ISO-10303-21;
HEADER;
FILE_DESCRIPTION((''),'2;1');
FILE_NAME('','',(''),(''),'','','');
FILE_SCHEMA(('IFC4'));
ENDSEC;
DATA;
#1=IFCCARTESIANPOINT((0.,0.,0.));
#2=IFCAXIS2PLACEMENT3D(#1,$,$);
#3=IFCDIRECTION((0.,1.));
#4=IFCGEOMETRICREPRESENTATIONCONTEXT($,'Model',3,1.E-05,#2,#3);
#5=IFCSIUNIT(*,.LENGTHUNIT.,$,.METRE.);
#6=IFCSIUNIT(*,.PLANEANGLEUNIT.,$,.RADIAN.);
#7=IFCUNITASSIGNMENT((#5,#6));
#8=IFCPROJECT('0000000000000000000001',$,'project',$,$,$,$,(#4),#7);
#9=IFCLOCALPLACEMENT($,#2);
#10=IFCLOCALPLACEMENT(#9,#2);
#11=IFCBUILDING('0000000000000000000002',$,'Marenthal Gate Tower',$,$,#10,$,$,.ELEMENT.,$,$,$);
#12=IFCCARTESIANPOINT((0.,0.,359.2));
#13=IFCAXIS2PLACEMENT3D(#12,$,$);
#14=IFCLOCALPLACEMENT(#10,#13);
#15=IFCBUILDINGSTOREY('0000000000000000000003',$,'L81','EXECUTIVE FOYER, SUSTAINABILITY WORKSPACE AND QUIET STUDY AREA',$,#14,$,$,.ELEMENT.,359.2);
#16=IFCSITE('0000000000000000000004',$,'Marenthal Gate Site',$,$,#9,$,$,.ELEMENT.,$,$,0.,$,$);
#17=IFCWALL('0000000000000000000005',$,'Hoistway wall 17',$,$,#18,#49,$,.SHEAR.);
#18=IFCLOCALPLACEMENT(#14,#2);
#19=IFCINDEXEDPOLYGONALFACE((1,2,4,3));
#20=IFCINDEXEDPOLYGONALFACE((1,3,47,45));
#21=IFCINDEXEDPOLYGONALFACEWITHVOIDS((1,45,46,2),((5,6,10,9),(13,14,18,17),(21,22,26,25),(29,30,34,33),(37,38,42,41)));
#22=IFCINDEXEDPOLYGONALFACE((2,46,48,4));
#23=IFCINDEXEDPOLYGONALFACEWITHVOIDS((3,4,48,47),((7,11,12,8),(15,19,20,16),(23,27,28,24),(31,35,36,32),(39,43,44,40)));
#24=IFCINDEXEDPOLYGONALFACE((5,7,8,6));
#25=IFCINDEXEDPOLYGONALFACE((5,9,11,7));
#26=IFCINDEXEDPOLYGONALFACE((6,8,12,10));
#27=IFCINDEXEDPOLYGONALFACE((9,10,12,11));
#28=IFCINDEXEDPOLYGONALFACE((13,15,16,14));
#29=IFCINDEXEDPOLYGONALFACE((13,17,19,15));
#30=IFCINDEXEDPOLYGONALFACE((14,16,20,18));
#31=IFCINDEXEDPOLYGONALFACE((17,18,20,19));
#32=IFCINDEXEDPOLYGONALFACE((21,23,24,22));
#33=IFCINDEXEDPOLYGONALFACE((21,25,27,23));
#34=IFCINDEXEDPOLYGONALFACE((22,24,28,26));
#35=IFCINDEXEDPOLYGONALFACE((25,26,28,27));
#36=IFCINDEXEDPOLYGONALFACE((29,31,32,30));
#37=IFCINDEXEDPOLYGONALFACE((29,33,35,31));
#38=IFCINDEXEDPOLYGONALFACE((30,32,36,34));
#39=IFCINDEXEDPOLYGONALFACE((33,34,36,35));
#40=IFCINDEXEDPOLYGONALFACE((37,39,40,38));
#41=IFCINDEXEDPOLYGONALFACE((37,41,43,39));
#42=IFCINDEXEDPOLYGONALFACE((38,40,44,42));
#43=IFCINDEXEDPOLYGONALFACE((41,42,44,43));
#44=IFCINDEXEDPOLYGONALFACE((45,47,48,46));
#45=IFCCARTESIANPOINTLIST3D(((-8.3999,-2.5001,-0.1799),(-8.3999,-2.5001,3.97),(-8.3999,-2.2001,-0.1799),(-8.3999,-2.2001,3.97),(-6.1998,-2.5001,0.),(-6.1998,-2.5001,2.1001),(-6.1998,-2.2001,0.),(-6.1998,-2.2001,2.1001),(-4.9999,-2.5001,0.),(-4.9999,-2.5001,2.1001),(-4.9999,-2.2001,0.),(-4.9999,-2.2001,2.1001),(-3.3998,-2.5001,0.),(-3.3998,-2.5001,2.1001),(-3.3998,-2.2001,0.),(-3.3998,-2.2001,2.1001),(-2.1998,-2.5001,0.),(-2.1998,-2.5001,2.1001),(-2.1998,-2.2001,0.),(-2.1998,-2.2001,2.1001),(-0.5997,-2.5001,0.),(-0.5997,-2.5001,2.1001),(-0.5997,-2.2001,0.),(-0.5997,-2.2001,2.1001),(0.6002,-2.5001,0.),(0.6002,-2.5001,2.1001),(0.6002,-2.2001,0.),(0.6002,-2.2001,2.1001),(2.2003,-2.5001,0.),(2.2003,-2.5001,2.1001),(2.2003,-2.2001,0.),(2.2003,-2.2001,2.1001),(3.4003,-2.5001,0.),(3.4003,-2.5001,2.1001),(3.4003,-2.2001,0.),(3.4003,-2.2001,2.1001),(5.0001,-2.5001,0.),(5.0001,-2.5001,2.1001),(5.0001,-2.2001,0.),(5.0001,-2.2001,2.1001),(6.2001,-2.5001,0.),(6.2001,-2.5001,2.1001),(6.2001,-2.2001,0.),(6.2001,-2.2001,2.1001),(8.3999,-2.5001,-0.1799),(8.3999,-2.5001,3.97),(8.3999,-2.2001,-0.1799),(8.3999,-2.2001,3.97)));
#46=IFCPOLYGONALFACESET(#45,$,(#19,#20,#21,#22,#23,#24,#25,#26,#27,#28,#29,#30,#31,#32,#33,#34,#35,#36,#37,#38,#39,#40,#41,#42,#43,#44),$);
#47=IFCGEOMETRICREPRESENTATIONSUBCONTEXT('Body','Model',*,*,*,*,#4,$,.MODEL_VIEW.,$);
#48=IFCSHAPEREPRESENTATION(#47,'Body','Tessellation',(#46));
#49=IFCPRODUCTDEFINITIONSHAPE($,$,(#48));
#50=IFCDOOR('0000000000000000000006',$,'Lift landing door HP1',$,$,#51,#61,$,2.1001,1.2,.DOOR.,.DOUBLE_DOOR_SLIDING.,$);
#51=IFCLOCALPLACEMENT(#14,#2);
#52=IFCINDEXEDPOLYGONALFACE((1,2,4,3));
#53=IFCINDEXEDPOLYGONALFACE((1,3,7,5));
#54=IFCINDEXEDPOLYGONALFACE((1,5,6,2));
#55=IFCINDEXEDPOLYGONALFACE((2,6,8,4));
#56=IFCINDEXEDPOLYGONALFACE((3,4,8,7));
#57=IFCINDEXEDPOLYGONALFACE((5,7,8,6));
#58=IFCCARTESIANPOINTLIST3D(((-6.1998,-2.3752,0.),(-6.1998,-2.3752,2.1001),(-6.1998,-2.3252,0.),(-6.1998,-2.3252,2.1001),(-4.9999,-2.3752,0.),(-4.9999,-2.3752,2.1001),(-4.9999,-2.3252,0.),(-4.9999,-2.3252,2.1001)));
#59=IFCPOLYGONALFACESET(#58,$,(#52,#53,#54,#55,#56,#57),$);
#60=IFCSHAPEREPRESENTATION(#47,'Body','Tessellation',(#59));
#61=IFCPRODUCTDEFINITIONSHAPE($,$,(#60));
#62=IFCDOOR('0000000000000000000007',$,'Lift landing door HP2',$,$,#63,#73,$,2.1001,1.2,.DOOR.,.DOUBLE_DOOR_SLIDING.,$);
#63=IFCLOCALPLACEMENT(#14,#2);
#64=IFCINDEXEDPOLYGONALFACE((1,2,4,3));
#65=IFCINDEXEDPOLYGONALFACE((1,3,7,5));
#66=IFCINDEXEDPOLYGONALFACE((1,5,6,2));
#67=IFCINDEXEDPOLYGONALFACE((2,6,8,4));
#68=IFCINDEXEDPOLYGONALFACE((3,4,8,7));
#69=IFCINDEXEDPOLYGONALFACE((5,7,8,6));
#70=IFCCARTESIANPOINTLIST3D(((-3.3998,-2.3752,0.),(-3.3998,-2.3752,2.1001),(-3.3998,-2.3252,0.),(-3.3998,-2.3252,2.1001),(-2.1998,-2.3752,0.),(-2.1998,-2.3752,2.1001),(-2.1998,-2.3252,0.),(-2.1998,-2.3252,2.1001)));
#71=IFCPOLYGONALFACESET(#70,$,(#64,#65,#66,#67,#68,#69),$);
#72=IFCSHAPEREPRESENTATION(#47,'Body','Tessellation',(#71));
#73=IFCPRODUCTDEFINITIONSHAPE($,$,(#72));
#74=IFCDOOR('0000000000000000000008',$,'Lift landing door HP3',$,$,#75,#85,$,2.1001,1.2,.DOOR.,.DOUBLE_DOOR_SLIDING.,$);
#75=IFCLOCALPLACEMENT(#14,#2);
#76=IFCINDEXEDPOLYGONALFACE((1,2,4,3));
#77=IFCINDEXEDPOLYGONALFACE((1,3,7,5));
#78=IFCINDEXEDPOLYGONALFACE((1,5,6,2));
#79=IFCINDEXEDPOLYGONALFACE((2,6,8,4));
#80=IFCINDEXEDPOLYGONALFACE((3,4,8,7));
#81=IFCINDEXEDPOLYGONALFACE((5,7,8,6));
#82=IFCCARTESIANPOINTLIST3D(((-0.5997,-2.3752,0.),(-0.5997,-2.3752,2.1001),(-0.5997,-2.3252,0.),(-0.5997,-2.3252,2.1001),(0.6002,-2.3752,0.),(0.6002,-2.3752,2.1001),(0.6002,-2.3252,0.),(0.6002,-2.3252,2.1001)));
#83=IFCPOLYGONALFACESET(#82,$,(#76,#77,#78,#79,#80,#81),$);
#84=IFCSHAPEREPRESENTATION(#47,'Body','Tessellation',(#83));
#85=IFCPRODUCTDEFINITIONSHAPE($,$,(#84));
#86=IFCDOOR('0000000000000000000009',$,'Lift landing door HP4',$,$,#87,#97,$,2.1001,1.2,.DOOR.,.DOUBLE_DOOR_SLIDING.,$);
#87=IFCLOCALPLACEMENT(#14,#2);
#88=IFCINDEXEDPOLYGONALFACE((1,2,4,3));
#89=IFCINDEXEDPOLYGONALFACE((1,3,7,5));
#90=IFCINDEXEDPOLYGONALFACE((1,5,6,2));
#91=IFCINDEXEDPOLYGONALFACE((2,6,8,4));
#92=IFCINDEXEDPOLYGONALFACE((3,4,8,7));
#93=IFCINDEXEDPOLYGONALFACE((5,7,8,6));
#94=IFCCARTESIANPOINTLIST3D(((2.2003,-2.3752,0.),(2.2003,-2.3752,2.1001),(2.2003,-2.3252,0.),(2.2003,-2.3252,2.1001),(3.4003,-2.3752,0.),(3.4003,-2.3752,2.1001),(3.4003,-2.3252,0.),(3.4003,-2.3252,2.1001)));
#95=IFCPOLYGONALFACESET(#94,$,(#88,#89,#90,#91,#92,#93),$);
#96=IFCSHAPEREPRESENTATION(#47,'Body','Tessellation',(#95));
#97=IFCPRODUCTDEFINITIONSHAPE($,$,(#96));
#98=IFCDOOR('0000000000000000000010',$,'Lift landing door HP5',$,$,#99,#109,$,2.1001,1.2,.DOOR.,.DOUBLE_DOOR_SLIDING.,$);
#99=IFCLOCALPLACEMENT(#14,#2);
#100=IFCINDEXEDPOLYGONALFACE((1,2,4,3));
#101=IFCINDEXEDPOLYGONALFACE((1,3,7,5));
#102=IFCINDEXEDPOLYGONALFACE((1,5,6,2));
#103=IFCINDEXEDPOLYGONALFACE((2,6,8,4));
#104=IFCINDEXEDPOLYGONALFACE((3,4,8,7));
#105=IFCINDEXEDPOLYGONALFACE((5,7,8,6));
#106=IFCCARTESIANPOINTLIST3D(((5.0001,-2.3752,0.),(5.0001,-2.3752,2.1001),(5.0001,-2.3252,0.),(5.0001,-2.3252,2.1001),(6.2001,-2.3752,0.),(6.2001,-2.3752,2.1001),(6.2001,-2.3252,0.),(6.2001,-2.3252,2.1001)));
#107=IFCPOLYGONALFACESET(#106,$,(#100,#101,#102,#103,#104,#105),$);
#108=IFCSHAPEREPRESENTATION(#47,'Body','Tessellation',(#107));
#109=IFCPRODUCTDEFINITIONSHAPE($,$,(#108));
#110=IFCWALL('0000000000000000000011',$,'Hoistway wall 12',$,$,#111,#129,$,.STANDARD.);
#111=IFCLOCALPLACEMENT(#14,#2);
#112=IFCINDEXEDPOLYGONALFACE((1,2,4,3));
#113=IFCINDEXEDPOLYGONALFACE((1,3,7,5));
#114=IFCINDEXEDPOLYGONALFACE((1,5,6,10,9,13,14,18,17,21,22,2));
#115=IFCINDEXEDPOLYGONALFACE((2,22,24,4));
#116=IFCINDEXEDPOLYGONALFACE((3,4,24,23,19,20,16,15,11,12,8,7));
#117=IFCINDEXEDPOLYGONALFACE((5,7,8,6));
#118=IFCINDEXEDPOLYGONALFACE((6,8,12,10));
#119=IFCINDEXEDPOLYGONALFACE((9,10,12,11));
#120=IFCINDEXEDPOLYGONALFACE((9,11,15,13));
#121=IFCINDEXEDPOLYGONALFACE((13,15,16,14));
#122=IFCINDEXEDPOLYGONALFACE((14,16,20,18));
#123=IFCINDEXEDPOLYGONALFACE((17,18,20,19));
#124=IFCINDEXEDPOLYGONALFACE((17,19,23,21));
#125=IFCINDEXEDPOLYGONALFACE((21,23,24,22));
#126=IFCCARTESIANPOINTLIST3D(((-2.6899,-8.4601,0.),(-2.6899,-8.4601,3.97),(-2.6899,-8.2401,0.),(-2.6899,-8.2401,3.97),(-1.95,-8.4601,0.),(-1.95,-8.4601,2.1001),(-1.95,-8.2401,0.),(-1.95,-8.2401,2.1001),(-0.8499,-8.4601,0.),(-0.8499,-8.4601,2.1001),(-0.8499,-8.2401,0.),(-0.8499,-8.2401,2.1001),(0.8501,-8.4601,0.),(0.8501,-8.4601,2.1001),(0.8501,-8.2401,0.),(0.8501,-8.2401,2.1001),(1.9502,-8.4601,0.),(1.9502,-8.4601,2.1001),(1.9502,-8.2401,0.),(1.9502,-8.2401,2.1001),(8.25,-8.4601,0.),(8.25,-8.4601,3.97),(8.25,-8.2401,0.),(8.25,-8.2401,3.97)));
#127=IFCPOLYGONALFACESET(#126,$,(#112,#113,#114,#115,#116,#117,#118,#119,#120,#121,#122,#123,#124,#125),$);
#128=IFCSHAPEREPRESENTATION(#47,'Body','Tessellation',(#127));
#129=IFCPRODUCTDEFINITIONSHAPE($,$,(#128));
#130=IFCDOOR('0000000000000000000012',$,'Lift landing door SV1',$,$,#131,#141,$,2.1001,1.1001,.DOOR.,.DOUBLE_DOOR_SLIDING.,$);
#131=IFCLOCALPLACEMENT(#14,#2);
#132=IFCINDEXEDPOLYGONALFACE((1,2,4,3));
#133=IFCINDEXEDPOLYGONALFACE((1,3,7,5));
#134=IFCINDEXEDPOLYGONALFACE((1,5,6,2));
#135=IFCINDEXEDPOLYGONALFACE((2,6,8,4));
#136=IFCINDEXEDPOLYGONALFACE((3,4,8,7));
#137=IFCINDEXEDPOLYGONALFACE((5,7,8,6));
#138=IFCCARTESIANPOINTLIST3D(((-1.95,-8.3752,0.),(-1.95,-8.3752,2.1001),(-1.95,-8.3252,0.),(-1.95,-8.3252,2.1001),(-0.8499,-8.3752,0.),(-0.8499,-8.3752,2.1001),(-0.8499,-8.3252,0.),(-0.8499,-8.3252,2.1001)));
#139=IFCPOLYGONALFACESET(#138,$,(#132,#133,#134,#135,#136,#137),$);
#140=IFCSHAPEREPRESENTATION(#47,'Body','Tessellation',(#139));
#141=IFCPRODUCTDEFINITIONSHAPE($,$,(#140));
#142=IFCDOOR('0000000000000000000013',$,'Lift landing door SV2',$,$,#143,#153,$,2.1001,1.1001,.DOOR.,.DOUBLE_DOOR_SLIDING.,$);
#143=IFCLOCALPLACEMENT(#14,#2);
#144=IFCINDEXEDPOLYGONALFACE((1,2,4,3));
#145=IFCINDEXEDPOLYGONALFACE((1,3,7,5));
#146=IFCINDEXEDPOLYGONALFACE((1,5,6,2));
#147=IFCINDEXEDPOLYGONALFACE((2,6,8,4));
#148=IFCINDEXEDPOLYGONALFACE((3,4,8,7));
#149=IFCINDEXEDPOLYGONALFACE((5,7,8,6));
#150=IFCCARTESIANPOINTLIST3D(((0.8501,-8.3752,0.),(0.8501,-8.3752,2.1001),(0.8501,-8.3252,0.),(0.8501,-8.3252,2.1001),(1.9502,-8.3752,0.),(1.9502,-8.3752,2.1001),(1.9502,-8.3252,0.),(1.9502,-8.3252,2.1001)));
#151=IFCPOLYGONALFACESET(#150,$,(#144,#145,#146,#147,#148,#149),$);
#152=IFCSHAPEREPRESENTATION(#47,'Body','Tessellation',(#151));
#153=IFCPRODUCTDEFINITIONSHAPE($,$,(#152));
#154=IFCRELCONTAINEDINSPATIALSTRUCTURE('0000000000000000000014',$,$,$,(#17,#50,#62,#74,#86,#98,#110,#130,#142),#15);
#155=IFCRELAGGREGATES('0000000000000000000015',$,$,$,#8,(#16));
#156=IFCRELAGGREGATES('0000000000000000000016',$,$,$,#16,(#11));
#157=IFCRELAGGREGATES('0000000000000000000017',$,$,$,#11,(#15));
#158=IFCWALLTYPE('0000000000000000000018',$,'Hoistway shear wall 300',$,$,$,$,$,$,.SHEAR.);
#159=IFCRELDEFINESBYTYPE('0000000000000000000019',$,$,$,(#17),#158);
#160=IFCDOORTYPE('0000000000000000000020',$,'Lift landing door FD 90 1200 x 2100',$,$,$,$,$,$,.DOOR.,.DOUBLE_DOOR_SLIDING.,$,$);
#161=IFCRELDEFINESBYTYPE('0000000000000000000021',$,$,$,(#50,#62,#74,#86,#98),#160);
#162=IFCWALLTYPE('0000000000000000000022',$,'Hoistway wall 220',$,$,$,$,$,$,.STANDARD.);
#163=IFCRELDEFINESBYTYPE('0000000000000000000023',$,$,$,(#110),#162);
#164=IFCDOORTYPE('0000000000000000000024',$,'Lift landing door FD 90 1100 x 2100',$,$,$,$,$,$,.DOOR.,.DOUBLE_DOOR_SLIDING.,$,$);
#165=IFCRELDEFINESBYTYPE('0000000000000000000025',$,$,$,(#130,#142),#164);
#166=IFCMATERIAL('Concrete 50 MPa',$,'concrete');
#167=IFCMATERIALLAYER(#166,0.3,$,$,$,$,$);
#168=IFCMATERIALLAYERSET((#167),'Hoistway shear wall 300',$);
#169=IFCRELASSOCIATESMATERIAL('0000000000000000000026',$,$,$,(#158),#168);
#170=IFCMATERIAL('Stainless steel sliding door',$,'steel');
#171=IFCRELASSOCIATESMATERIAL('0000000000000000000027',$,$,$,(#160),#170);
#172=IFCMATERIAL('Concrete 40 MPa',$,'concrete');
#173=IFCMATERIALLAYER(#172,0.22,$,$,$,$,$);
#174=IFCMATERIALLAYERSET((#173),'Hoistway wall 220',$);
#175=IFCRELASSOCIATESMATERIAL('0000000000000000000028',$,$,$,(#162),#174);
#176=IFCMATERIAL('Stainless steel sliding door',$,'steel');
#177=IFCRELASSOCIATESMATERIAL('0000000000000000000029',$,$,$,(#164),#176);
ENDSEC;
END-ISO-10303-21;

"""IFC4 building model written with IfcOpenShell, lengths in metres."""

from ifc_helpers import new_model, si_unit, direction, frame, frame_2d, origin, place, context, subcontext, project, spatial, rectangle, extrude, material, layer, layer_set, type_object, element, fill, save


model = new_model("IFC4")

# Units and contexts
model_context = context("Model", 3, precision=1e-05, world=origin(), true_north=direction((0.0, 1.0)))
body_context = subcontext(model_context, "Body", "Model", "MODEL_VIEW")
ifc_project = project(units=[si_unit("LENGTHUNIT", "METRE"), si_unit("PLANEANGLEUNIT", "RADIAN")], contexts=[model_context])

# Site, building, storey
site_placement = place(None, origin())
site = spatial("IfcSite", under=ifc_project, at=site_placement, Name="Marenthal Gate Site", CompositionType="ELEMENT", RefElevation=0.0)
building_placement = place(site_placement, origin())
building = spatial("IfcBuilding", under=site, at=building_placement, Name="Marenthal Gate Tower", CompositionType="ELEMENT")
storey_placement = place(building_placement, frame((0.0, 0.0, 359.2)))
storey = spatial("IfcBuildingStorey", under=building, at=storey_placement, Name="L81", Description="EXECUTIVE FOYER, SUSTAINABILITY WORKSPACE AND QUIET STUDY AREA", CompositionType="ELEMENT", Elevation=359.2)

# Walls, openings, doors
ifc_material_1 = material(Name="Concrete 50 MPa", Category="concrete")
ifc_layer_1 = layer(ifc_material_1, 0.3)
ifc_layer_set_1 = layer_set([ifc_layer_1], Name="Hoistway shear wall 300")
wall_type_1 = type_object("IfcWallType", Name="Hoistway shear wall 300", PredefinedType="SHEAR", material=ifc_layer_set_1)
wall_1_placement = place(storey_placement, frame((-8.3999, -2.3501, -0.1799), z_axis=(0.0, 0.0, 1.0), x_axis=(1.0, 0.0, 0.0)))
wall_1 = element("IfcWall", 1, at=wall_1_placement, inside=storey, type_object=wall_type_1, Name="Hoistway wall 17", PredefinedType="SHEAR", context=body_context, shape_type="SweptSolid", body=[
    extrude(rectangle(XDim=16.7998, YDim=0.3, at=frame_2d((8.3999, 0.0))), origin(), (0.0, 0.0, 1.0), 4.1499),
])
opening_1_placement = place(wall_1_placement, frame((2.2, 0.0, 0.1799)))
opening_1 = element("IfcOpeningElement", 2, at=opening_1_placement, cuts=wall_1, PredefinedType="OPENING", context=body_context, shape_type="SweptSolid", body=[
    extrude(rectangle(XDim=1.2, YDim=2.1001, at=frame_2d((0.6001, 1.05))), frame((0.0, 0.1602, 0.0), z_axis=(0.0, -1.0, 0.0), x_axis=(1.0, 0.0, 0.0)), (0.0, 0.0, 1.0), 0.3201),
])
opening_2_placement = place(wall_1_placement, frame((5.0, 0.0, 0.1799)))
opening_2 = element("IfcOpeningElement", 3, at=opening_2_placement, cuts=wall_1, PredefinedType="OPENING", context=body_context, shape_type="SweptSolid", body=[
    extrude(rectangle(XDim=1.2, YDim=2.1001, at=frame_2d((0.6001, 1.05))), frame((0.0, 0.1602, 0.0), z_axis=(0.0, -1.0, 0.0), x_axis=(1.0, 0.0, 0.0)), (0.0, 0.0, 1.0), 0.3201),
])
opening_3_placement = place(wall_1_placement, frame((7.8, 0.0, 0.1799)))
opening_3 = element("IfcOpeningElement", 4, at=opening_3_placement, cuts=wall_1, PredefinedType="OPENING", context=body_context, shape_type="SweptSolid", body=[
    extrude(rectangle(XDim=1.2, YDim=2.1001, at=frame_2d((0.6001, 1.05))), frame((0.0, 0.1602, 0.0), z_axis=(0.0, -1.0, 0.0), x_axis=(1.0, 0.0, 0.0)), (0.0, 0.0, 1.0), 0.3201),
])
opening_4_placement = place(wall_1_placement, frame((10.6001, 0.0, 0.1799)))
opening_4 = element("IfcOpeningElement", 5, at=opening_4_placement, cuts=wall_1, PredefinedType="OPENING", context=body_context, shape_type="SweptSolid", body=[
    extrude(rectangle(XDim=1.2, YDim=2.1001, at=frame_2d((0.6001, 1.05))), frame((0.0, 0.1602, 0.0), z_axis=(0.0, -1.0, 0.0), x_axis=(1.0, 0.0, 0.0)), (0.0, 0.0, 1.0), 0.3201),
])
opening_5_placement = place(wall_1_placement, frame((13.3999, 0.0, 0.1799)))
opening_5 = element("IfcOpeningElement", 6, at=opening_5_placement, cuts=wall_1, PredefinedType="OPENING", context=body_context, shape_type="SweptSolid", body=[
    extrude(rectangle(XDim=1.2, YDim=2.1001, at=frame_2d((0.6001, 1.05))), frame((0.0, 0.1602, 0.0), z_axis=(0.0, -1.0, 0.0), x_axis=(1.0, 0.0, 0.0)), (0.0, 0.0, 1.0), 0.3201),
])
ifc_material_2 = material(Name="Stainless steel sliding door", Category="steel")
door_type_1 = type_object("IfcDoorType", Name="Lift landing door FD 90 1200 x 2100", OperationType="DOUBLE_DOOR_SLIDING", PredefinedType="DOOR", material=ifc_material_2)
door_1_placement = place(opening_1_placement, origin())
door_1 = element("IfcDoor", 7, at=door_1_placement, inside=storey, type_object=door_type_1, Name="Lift landing door HP1", OperationType="DOUBLE_DOOR_SLIDING", OverallHeight=2.1001, OverallWidth=1.2, PredefinedType="DOOR", context=body_context, shape_type="SweptSolid", body=[
    extrude(rectangle(XDim=1.2, YDim=2.1001, at=frame_2d((0.6001, 1.05))), frame((0.0, 0.0249, 0.0), z_axis=(0.0, -1.0, 0.0), x_axis=(1.0, 0.0, 0.0)), (0.0, 0.0, 1.0), 0.05),
])
fill(opening_1, door_1)
door_2_placement = place(opening_2_placement, origin())
door_2 = element("IfcDoor", 8, at=door_2_placement, inside=storey, type_object=door_type_1, Name="Lift landing door HP2", OperationType="DOUBLE_DOOR_SLIDING", OverallHeight=2.1001, OverallWidth=1.2, PredefinedType="DOOR", context=body_context, shape_type="SweptSolid", body=[
    extrude(rectangle(XDim=1.2, YDim=2.1001, at=frame_2d((0.6001, 1.05))), frame((0.0, 0.0249, 0.0), z_axis=(0.0, -1.0, 0.0), x_axis=(1.0, 0.0, 0.0)), (0.0, 0.0, 1.0), 0.05),
])
fill(opening_2, door_2)
door_3_placement = place(opening_3_placement, origin())
door_3 = element("IfcDoor", 9, at=door_3_placement, inside=storey, type_object=door_type_1, Name="Lift landing door HP3", OperationType="DOUBLE_DOOR_SLIDING", OverallHeight=2.1001, OverallWidth=1.2, PredefinedType="DOOR", context=body_context, shape_type="SweptSolid", body=[
    extrude(rectangle(XDim=1.2, YDim=2.1001, at=frame_2d((0.6001, 1.05))), frame((0.0, 0.0249, 0.0), z_axis=(0.0, -1.0, 0.0), x_axis=(1.0, 0.0, 0.0)), (0.0, 0.0, 1.0), 0.05),
])
fill(opening_3, door_3)
door_4_placement = place(opening_4_placement, origin())
door_4 = element("IfcDoor", 10, at=door_4_placement, inside=storey, type_object=door_type_1, Name="Lift landing door HP4", OperationType="DOUBLE_DOOR_SLIDING", OverallHeight=2.1001, OverallWidth=1.2, PredefinedType="DOOR", context=body_context, shape_type="SweptSolid", body=[
    extrude(rectangle(XDim=1.2, YDim=2.1001, at=frame_2d((0.6001, 1.05))), frame((0.0, 0.0249, 0.0), z_axis=(0.0, -1.0, 0.0), x_axis=(1.0, 0.0, 0.0)), (0.0, 0.0, 1.0), 0.05),
])
fill(opening_4, door_4)
door_5_placement = place(opening_5_placement, origin())
door_5 = element("IfcDoor", 11, at=door_5_placement, inside=storey, type_object=door_type_1, Name="Lift landing door HP5", OperationType="DOUBLE_DOOR_SLIDING", OverallHeight=2.1001, OverallWidth=1.2, PredefinedType="DOOR", context=body_context, shape_type="SweptSolid", body=[
    extrude(rectangle(XDim=1.2, YDim=2.1001, at=frame_2d((0.6001, 1.05))), frame((0.0, 0.0249, 0.0), z_axis=(0.0, -1.0, 0.0), x_axis=(1.0, 0.0, 0.0)), (0.0, 0.0, 1.0), 0.05),
])
fill(opening_5, door_5)
ifc_material_3 = material(Name="Concrete 40 MPa", Category="concrete")
ifc_layer_2 = layer(ifc_material_3, 0.22)
ifc_layer_set_2 = layer_set([ifc_layer_2], Name="Hoistway wall 220")
wall_type_2 = type_object("IfcWallType", Name="Hoistway wall 220", PredefinedType="STANDARD", material=ifc_layer_set_2)
wall_2_placement = place(storey_placement, frame((-2.6899, -8.3501, 0.0), z_axis=(0.0, 0.0, 1.0), x_axis=(1.0, 0.0, 0.0)))
wall_2 = element("IfcWall", 12, at=wall_2_placement, inside=storey, type_object=wall_type_2, Name="Hoistway wall 12", PredefinedType="STANDARD", context=body_context, shape_type="SweptSolid", body=[
    extrude(rectangle(XDim=10.9399, YDim=0.22, at=frame_2d((5.47, 0.0))), origin(), (0.0, 0.0, 1.0), 3.97),
])
opening_6_placement = place(wall_2_placement, frame((0.74, 0.0, 0.0)))
opening_6 = element("IfcOpeningElement", 13, at=opening_6_placement, cuts=wall_2, PredefinedType="OPENING", context=body_context, shape_type="SweptSolid", body=[
    extrude(rectangle(XDim=1.1001, YDim=2.1001, at=frame_2d((0.55, 1.05))), frame((0.0, 0.1201, 0.0), z_axis=(0.0, -1.0, 0.0), x_axis=(1.0, 0.0, 0.0)), (0.0, 0.0, 1.0), 0.24),
])
opening_7_placement = place(wall_2_placement, frame((3.54, 0.0, 0.0)))
opening_7 = element("IfcOpeningElement", 14, at=opening_7_placement, cuts=wall_2, PredefinedType="OPENING", context=body_context, shape_type="SweptSolid", body=[
    extrude(rectangle(XDim=1.1001, YDim=2.1001, at=frame_2d((0.55, 1.05))), frame((0.0, 0.1201, 0.0), z_axis=(0.0, -1.0, 0.0), x_axis=(1.0, 0.0, 0.0)), (0.0, 0.0, 1.0), 0.24),
])
ifc_material_4 = material(Name="Stainless steel sliding door", Category="steel")
door_type_2 = type_object("IfcDoorType", Name="Lift landing door FD 90 1100 x 2100", OperationType="DOUBLE_DOOR_SLIDING", PredefinedType="DOOR", material=ifc_material_4)
door_6_placement = place(opening_6_placement, origin())
door_6 = element("IfcDoor", 15, at=door_6_placement, inside=storey, type_object=door_type_2, Name="Lift landing door SV1", OperationType="DOUBLE_DOOR_SLIDING", OverallHeight=2.1001, OverallWidth=1.1001, PredefinedType="DOOR", context=body_context, shape_type="SweptSolid", body=[
    extrude(rectangle(XDim=1.1001, YDim=2.1001, at=frame_2d((0.55, 1.05))), frame((0.0, 0.0249, 0.0), z_axis=(0.0, -1.0, 0.0), x_axis=(1.0, 0.0, 0.0)), (0.0, 0.0, 1.0), 0.05),
])
fill(opening_6, door_6)
door_7_placement = place(opening_7_placement, origin())
door_7 = element("IfcDoor", 16, at=door_7_placement, inside=storey, type_object=door_type_2, Name="Lift landing door SV2", OperationType="DOUBLE_DOOR_SLIDING", OverallHeight=2.1001, OverallWidth=1.1001, PredefinedType="DOOR", context=body_context, shape_type="SweptSolid", body=[
    extrude(rectangle(XDim=1.1001, YDim=2.1001, at=frame_2d((0.55, 1.05))), frame((0.0, 0.0249, 0.0), z_axis=(0.0, -1.0, 0.0), x_axis=(1.0, 0.0, 0.0)), (0.0, 0.0, 1.0), 0.05),
])
fill(opening_7, door_7)

save(model, "model.ifc")
